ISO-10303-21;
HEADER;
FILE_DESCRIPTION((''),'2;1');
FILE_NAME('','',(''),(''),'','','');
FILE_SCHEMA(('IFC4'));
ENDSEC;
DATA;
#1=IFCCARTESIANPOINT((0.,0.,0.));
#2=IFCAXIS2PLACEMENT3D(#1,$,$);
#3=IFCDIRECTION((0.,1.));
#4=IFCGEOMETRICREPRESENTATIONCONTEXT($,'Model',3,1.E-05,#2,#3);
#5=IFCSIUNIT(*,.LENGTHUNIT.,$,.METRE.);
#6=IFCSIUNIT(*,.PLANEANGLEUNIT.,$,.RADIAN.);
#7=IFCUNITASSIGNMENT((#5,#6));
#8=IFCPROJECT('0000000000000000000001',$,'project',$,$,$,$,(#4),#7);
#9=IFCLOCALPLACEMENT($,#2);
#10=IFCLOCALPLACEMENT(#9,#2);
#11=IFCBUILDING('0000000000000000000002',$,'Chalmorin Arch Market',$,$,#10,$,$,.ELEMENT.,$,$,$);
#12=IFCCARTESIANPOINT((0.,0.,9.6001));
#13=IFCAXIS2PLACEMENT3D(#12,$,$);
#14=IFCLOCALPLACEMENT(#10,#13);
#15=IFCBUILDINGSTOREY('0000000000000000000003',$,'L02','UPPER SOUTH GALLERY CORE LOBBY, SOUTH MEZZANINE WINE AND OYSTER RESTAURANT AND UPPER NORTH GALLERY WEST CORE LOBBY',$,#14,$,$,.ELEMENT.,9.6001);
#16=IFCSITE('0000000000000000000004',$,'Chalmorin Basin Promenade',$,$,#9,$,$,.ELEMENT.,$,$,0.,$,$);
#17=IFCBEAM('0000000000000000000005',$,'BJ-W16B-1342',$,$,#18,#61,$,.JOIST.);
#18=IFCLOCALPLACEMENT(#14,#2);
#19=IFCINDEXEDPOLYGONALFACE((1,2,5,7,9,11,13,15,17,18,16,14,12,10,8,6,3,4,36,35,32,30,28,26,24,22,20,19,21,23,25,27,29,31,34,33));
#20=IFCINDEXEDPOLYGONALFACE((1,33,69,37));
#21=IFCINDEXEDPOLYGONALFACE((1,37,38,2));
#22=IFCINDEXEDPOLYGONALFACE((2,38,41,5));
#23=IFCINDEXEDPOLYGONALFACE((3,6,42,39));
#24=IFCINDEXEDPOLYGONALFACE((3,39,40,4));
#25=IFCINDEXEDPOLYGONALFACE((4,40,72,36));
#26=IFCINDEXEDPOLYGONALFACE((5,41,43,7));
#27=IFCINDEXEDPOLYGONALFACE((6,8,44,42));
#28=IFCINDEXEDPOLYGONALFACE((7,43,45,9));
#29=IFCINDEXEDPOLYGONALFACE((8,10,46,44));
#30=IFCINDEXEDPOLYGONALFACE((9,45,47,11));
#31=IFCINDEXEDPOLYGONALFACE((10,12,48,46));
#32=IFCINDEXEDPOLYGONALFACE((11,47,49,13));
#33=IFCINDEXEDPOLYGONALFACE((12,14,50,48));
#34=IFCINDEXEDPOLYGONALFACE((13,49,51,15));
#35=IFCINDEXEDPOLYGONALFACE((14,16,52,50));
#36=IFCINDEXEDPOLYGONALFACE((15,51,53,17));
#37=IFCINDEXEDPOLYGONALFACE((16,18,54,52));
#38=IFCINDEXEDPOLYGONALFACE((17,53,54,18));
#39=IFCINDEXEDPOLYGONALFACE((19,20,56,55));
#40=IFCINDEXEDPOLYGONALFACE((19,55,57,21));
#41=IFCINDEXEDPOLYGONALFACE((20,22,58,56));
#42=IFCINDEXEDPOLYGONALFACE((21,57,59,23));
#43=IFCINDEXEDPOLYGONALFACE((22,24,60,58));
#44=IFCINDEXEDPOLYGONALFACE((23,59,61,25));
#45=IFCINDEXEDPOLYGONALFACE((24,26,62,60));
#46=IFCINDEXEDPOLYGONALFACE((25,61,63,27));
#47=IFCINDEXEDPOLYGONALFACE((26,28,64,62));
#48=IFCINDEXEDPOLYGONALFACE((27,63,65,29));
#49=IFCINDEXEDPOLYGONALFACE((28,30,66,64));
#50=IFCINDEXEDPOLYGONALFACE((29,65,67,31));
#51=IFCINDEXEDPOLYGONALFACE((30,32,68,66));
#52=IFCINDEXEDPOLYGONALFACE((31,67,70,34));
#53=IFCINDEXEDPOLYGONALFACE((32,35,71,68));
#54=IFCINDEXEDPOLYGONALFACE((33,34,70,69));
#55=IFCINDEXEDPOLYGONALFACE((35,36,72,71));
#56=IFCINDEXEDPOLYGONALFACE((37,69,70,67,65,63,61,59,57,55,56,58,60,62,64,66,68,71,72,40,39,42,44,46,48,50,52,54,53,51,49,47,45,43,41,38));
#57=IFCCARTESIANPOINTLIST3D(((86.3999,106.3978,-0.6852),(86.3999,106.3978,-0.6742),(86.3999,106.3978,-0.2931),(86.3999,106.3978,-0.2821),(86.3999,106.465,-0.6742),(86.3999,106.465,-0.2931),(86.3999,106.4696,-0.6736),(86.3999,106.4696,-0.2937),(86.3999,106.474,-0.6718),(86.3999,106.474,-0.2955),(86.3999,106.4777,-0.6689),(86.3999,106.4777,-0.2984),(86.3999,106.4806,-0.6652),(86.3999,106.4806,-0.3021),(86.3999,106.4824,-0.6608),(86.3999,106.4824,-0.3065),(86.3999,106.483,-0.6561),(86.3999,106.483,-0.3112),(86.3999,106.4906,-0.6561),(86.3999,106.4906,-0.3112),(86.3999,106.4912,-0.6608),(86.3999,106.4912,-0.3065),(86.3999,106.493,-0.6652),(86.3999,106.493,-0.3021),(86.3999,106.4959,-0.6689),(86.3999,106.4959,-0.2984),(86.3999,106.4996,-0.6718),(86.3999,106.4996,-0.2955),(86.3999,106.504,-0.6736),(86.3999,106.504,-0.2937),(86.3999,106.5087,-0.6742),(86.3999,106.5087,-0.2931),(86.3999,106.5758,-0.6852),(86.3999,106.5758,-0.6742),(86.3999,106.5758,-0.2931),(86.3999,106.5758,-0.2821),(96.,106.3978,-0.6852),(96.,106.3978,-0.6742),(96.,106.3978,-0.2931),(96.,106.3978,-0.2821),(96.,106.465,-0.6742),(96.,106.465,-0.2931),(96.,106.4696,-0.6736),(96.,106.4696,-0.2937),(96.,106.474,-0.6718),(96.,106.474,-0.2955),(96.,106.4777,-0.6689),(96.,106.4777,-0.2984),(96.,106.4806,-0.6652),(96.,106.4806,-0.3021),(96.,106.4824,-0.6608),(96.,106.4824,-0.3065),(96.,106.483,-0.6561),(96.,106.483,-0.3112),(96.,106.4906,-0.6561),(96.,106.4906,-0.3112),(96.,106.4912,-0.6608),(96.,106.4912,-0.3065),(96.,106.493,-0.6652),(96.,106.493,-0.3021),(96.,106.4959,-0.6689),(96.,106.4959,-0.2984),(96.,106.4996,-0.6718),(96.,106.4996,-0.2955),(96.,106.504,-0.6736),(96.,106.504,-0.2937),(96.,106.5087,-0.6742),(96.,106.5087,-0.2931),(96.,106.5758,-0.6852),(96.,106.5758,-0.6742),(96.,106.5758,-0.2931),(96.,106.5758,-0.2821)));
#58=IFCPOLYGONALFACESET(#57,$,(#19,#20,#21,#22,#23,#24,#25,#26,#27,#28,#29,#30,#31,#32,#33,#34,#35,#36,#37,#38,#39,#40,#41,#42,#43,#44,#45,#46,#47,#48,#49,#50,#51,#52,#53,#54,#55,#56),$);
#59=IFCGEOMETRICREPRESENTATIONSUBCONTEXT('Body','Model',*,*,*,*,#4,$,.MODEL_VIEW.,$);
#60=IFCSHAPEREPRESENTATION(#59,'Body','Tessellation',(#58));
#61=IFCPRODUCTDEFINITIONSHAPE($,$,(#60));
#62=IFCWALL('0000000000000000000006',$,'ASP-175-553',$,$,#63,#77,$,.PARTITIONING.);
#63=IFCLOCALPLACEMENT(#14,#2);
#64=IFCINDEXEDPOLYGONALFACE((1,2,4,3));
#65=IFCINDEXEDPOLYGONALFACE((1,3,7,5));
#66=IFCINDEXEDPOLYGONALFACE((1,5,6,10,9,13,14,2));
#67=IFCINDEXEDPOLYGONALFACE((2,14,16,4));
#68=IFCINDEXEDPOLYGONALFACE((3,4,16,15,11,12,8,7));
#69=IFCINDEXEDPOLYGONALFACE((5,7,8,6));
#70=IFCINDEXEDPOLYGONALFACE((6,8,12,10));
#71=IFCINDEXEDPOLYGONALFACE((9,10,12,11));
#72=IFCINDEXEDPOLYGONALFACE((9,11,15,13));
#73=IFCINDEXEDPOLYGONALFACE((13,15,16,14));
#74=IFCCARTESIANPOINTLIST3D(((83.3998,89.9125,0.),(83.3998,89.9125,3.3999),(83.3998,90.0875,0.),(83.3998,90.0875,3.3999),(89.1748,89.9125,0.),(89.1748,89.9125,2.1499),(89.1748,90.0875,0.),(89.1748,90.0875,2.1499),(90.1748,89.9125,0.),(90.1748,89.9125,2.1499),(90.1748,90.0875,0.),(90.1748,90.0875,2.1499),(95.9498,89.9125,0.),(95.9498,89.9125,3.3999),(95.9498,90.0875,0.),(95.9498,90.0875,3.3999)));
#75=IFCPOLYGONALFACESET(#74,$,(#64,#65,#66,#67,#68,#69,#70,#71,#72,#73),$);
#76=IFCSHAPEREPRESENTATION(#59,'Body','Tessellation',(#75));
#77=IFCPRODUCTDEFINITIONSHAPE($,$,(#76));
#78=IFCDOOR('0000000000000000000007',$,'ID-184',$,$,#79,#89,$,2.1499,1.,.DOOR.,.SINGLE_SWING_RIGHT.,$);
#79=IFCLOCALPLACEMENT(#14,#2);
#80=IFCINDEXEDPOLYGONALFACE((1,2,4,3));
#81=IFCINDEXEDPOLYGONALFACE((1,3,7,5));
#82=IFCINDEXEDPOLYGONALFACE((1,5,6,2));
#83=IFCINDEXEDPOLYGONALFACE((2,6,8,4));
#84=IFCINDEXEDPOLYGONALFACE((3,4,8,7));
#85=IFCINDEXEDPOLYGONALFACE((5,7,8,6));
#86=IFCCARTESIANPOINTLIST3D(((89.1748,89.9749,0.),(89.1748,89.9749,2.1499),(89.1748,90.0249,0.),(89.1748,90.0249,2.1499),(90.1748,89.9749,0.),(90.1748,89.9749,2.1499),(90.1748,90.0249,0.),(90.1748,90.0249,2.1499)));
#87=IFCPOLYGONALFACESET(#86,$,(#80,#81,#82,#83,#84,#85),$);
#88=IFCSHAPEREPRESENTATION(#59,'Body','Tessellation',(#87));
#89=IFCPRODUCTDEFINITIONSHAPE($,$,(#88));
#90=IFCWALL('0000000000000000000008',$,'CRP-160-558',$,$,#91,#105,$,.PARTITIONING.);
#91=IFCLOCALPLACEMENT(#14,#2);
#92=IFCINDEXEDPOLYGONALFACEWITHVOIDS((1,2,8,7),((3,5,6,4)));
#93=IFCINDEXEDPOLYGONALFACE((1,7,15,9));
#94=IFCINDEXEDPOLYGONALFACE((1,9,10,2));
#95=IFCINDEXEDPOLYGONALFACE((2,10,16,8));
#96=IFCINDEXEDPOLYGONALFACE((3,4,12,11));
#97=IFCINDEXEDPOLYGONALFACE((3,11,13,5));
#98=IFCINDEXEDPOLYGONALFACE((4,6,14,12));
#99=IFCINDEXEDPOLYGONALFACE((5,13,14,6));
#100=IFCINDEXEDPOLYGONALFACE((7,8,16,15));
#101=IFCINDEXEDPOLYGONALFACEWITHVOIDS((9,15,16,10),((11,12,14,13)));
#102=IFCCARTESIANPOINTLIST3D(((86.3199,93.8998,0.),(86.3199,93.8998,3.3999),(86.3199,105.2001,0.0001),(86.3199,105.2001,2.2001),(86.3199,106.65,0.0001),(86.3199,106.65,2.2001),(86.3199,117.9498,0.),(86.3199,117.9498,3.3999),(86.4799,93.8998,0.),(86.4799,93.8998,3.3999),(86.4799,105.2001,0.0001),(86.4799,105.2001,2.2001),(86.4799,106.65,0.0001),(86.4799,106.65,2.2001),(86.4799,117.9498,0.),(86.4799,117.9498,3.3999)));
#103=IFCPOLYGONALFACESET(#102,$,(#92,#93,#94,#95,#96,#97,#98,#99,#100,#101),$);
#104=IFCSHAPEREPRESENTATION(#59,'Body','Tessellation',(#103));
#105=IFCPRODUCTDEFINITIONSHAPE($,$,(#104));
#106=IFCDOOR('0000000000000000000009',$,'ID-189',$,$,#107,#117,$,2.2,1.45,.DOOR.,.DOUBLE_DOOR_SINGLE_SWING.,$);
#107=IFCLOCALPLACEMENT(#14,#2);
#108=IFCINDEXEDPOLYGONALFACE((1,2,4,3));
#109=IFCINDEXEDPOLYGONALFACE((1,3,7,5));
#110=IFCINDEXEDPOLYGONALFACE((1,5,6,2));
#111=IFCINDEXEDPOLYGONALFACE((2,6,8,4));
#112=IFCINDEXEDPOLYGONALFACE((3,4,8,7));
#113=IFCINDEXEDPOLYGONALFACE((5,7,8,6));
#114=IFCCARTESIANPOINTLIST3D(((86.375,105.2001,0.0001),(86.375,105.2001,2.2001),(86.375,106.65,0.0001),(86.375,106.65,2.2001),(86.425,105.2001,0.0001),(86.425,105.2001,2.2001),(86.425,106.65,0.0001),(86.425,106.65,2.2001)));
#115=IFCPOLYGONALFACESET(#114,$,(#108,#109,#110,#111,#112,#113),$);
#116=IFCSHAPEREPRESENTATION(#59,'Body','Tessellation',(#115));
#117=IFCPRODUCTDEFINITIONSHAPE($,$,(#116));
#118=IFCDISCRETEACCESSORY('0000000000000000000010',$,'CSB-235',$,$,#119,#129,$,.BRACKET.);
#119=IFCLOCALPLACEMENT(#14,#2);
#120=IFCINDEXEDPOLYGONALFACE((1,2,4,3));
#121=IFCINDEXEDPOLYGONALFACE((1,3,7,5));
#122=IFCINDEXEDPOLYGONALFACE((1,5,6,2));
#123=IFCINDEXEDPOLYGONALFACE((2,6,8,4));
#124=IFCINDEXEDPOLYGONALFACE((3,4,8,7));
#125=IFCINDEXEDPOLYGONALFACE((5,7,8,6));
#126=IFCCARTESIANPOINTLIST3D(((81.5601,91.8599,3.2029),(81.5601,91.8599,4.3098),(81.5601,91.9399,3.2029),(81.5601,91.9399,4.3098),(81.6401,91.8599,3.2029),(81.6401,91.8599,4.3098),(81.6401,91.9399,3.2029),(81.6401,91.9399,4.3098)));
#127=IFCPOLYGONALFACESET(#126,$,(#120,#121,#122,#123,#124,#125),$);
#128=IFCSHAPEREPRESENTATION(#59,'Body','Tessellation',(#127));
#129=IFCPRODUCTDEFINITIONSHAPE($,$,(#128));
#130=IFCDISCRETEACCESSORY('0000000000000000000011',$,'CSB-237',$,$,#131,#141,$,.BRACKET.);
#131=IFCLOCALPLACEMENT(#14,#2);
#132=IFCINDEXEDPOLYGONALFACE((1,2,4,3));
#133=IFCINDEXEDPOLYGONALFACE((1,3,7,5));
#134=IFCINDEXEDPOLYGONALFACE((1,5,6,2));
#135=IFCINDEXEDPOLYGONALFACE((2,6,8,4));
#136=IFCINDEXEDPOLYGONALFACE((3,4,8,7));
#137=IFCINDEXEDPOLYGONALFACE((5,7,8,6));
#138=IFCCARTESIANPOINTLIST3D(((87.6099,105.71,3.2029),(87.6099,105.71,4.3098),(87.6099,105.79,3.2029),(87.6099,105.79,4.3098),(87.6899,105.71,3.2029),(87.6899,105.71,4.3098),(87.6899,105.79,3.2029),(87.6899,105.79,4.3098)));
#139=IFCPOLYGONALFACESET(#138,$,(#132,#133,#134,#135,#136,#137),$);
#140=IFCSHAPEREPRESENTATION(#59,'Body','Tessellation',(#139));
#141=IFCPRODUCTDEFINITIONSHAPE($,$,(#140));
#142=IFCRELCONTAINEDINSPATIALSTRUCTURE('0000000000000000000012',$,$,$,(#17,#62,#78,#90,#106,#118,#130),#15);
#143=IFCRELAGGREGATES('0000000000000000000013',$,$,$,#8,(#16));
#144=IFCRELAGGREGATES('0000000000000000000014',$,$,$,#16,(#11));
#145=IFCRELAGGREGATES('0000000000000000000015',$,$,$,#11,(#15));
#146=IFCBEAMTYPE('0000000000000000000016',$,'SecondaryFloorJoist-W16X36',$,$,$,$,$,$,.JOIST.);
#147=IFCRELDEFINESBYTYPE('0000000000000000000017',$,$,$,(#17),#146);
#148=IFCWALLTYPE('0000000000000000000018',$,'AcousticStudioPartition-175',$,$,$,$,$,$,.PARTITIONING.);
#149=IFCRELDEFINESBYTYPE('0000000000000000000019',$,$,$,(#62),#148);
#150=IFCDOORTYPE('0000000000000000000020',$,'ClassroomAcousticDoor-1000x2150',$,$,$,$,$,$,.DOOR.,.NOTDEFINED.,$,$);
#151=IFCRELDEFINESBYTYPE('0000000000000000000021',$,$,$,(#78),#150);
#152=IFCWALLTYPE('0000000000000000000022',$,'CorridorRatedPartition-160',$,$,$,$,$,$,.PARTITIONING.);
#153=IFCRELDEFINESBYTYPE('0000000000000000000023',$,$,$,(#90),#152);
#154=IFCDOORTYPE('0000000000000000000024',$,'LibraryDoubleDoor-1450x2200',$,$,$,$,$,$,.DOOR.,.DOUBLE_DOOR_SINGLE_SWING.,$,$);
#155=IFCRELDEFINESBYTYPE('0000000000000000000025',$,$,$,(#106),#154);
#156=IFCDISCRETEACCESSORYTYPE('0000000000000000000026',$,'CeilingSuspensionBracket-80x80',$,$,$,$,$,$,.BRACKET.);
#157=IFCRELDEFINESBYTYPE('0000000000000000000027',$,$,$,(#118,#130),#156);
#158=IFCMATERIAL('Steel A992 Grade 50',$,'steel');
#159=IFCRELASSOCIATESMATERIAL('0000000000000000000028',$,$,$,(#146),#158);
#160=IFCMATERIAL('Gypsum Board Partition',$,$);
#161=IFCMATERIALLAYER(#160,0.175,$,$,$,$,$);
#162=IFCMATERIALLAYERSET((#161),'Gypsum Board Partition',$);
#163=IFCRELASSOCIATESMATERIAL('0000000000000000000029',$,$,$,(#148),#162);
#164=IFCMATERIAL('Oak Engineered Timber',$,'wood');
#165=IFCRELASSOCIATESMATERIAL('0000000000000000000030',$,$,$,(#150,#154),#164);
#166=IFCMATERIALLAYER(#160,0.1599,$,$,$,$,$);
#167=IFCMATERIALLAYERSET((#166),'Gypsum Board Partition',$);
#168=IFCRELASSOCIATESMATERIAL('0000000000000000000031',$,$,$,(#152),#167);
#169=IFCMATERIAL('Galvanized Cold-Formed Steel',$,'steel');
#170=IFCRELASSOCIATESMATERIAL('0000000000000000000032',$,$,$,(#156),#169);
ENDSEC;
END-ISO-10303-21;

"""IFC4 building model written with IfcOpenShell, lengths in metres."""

from ifc_helpers import new_model, si_unit, direction, frame, frame_2d, origin, origin_2d, place, context, subcontext, project, spatial, rectangle, i_section, extrude, material, layer, layer_set, material_profile, profile_set, type_object, element, fill, save


model = new_model("IFC4")

# Units and contexts
model_context = context("Model", 3, precision=1e-05, world=origin(), true_north=direction((0.0, 1.0)))
body_context = subcontext(model_context, "Body", "Model", "MODEL_VIEW")
ifc_project = project(units=[si_unit("LENGTHUNIT", "METRE"), si_unit("PLANEANGLEUNIT", "RADIAN")], contexts=[model_context])

# Site, building, storey
site_placement = place(None, origin())
site = spatial("IfcSite", under=ifc_project, at=site_placement, Name="Chalmorin Basin Promenade", CompositionType="ELEMENT", RefElevation=0.0)
building_placement = place(site_placement, origin())
building = spatial("IfcBuilding", under=site, at=building_placement, Name="Chalmorin Arch Market", CompositionType="ELEMENT")
storey_placement = place(building_placement, frame((0.0, 0.0, 9.6001)))
storey = spatial("IfcBuildingStorey", under=building, at=storey_placement, Name="L02", Description="UPPER SOUTH GALLERY CORE LOBBY, SOUTH MEZZANINE WINE AND OYSTER RESTAURANT AND UPPER NORTH GALLERY WEST CORE LOBBY", CompositionType="ELEMENT", Elevation=9.6001)

# Beam
ifc_material_1 = material(Name="Steel A992 Grade 50", Category="steel")
ifc_material_profile_1 = material_profile(ifc_material_1, i_section(OverallWidth=0.178, OverallDepth=0.4031, WebThickness=0.0076, FlangeThickness=0.011, FilletRadius=0.0181, at=origin_2d()), Name="W16X36")
ifc_profile_set_1 = profile_set([ifc_material_profile_1], Name="Steel A992 Grade 50")
beam_type_1 = type_object("IfcBeamType", Name="SecondaryFloorJoist-W16X36", PredefinedType="JOIST", material=ifc_profile_set_1)
for number, where, z_axis, x_axis, name in (
    (1, (86.3999, 106.4868, -0.4836), (1.0, 0.0, 0.0), (0.0, 1.0, 0.0), "BJ-W16B-1342"),
):
    element("IfcBeam", number, at=place(storey_placement, frame(where, z_axis=z_axis, x_axis=x_axis)), inside=storey, type_object=beam_type_1, Name=name, PredefinedType="JOIST", context=body_context, shape_type="SweptSolid", body=[
        extrude(i_section(OverallWidth=0.178, OverallDepth=0.4031, WebThickness=0.0076, FlangeThickness=0.011, FilletRadius=0.0181, at=origin_2d()), origin(), (0.0, 0.0, 1.0), 9.6001),
    ])

# Walls, openings, doors
ifc_material_2 = material(Name="Gypsum Board Partition")
ifc_layer_1 = layer(ifc_material_2, 0.175)
ifc_layer_set_1 = layer_set([ifc_layer_1], Name="Gypsum Board Partition")
wall_type_1 = type_object("IfcWallType", Name="AcousticStudioPartition-175", PredefinedType="PARTITIONING", material=ifc_layer_set_1)
wall_1_placement = place(storey_placement, frame((83.3999, 90.0, 0.0), z_axis=(0.0, 0.0, 1.0), x_axis=(1.0, 0.0, 0.0)))
wall_1 = element("IfcWall", 2, at=wall_1_placement, inside=storey, type_object=wall_type_1, Name="ASP-175-553", PredefinedType="PARTITIONING", context=body_context, shape_type="SweptSolid", body=[
    extrude(rectangle(XDim=12.55, YDim=0.175, at=frame_2d((6.2749, 0.0))), origin(), (0.0, 0.0, 1.0), 3.3999),
])
opening_1_placement = place(wall_1_placement, frame((5.7749, 0.0, 0.0)))
opening_1 = element("IfcOpeningElement", 3, at=opening_1_placement, cuts=wall_1, PredefinedType="OPENING", context=body_context, shape_type="SweptSolid", body=[
    extrude(rectangle(XDim=1.0, YDim=2.1499, at=frame_2d((0.5, 1.075))), frame((0.0, 0.0974, 0.0), z_axis=(0.0, -1.0, 0.0), x_axis=(1.0, 0.0, 0.0)), (0.0, 0.0, 1.0), 0.1951),
])
ifc_material_3 = material(Name="Oak Engineered Timber", Category="wood")
door_type_1 = type_object("IfcDoorType", Name="ClassroomAcousticDoor-1000x2150", OperationType="NOTDEFINED", PredefinedType="DOOR", material=ifc_material_3)
door_1_placement = place(opening_1_placement, origin())
door_1 = element("IfcDoor", 4, at=door_1_placement, inside=storey, type_object=door_type_1, Name="ID-184", OperationType="SINGLE_SWING_RIGHT", OverallHeight=2.1499, OverallWidth=1.0, PredefinedType="DOOR", context=body_context, shape_type="SweptSolid", body=[
    extrude(rectangle(XDim=1.0, YDim=2.1499, at=frame_2d((0.5, 1.075))), frame((0.0, 0.0249, 0.0), z_axis=(0.0, -1.0, 0.0), x_axis=(1.0, 0.0, 0.0)), (0.0, 0.0, 1.0), 0.05),
])
fill(opening_1, door_1)
ifc_layer_2 = layer(ifc_material_2, 0.1599)
ifc_layer_set_2 = layer_set([ifc_layer_2], Name="Gypsum Board Partition")
wall_type_2 = type_object("IfcWallType", Name="CorridorRatedPartition-160", PredefinedType="PARTITIONING", material=ifc_layer_set_2)
wall_2_placement = place(storey_placement, frame((86.3999, 93.8999, 0.0), z_axis=(0.0, 0.0, 1.0), x_axis=(0.0, 1.0, 0.0)))
wall_2 = element("IfcWall", 5, at=wall_2_placement, inside=storey, type_object=wall_type_2, Name="CRP-160-558", PredefinedType="PARTITIONING", context=body_context, shape_type="SweptSolid", body=[
    extrude(rectangle(XDim=24.05, YDim=0.1599, at=frame_2d((12.0249, 0.0))), origin(), (0.0, 0.0, 1.0), 3.3999),
])
opening_2_placement = place(wall_2_placement, frame((11.3, 0.0, 0.0)))
opening_2 = element("IfcOpeningElement", 6, at=opening_2_placement, cuts=wall_2, PredefinedType="OPENING", context=body_context, shape_type="SweptSolid", body=[
    extrude(rectangle(XDim=1.45, YDim=2.2, at=frame_2d((0.7251, 1.1001))), frame((0.0, 0.0898, 0.0), z_axis=(0.0, -1.0, 0.0), x_axis=(1.0, 0.0, 0.0)), (0.0, 0.0, 1.0), 0.1799),
])
door_type_2 = type_object("IfcDoorType", Name="LibraryDoubleDoor-1450x2200", OperationType="DOUBLE_DOOR_SINGLE_SWING", PredefinedType="DOOR", material=ifc_material_3)
door_2_placement = place(opening_2_placement, origin())
door_2 = element("IfcDoor", 7, at=door_2_placement, inside=storey, type_object=door_type_2, Name="ID-189", OperationType="DOUBLE_DOOR_SINGLE_SWING", OverallHeight=2.2, OverallWidth=1.45, PredefinedType="DOOR", context=body_context, shape_type="SweptSolid", body=[
    extrude(rectangle(XDim=1.45, YDim=2.2, at=frame_2d((0.7251, 1.1001))), frame((0.0, 0.0249, 0.0), z_axis=(0.0, -1.0, 0.0), x_axis=(1.0, 0.0, 0.0)), (0.0, 0.0, 1.0), 0.05),
])
fill(opening_2, door_2)

# Discrete accessories
ifc_material_4 = material(Name="Galvanized Cold-Formed Steel", Category="steel")
discrete_accessory_type = type_object("IfcDiscreteAccessoryType", Name="CeilingSuspensionBracket-80x80", PredefinedType="BRACKET", material=ifc_material_4)
for number, where, z_axis, x_axis, name in (
    (8, (81.6001, 91.8999, 3.2029), (0.0, 0.0, 1.0), (1.0, 0.0, 0.0), "CSB-235"),
    (9, (87.6499, 105.75, 3.2029), (0.0, 0.0, 1.0), (1.0, 0.0, 0.0), "CSB-237"),
):
    element("IfcDiscreteAccessory", number, at=place(storey_placement, frame(where, z_axis=z_axis, x_axis=x_axis)), inside=storey, type_object=discrete_accessory_type, Name=name, PredefinedType="BRACKET", context=body_context, shape_type="SweptSolid", body=[
        extrude(rectangle(XDim=0.0801, YDim=0.0801, at=origin_2d()), origin(), (0.0, 0.0, 1.0), 1.1069),
    ])

save(model, "model.ifc")
